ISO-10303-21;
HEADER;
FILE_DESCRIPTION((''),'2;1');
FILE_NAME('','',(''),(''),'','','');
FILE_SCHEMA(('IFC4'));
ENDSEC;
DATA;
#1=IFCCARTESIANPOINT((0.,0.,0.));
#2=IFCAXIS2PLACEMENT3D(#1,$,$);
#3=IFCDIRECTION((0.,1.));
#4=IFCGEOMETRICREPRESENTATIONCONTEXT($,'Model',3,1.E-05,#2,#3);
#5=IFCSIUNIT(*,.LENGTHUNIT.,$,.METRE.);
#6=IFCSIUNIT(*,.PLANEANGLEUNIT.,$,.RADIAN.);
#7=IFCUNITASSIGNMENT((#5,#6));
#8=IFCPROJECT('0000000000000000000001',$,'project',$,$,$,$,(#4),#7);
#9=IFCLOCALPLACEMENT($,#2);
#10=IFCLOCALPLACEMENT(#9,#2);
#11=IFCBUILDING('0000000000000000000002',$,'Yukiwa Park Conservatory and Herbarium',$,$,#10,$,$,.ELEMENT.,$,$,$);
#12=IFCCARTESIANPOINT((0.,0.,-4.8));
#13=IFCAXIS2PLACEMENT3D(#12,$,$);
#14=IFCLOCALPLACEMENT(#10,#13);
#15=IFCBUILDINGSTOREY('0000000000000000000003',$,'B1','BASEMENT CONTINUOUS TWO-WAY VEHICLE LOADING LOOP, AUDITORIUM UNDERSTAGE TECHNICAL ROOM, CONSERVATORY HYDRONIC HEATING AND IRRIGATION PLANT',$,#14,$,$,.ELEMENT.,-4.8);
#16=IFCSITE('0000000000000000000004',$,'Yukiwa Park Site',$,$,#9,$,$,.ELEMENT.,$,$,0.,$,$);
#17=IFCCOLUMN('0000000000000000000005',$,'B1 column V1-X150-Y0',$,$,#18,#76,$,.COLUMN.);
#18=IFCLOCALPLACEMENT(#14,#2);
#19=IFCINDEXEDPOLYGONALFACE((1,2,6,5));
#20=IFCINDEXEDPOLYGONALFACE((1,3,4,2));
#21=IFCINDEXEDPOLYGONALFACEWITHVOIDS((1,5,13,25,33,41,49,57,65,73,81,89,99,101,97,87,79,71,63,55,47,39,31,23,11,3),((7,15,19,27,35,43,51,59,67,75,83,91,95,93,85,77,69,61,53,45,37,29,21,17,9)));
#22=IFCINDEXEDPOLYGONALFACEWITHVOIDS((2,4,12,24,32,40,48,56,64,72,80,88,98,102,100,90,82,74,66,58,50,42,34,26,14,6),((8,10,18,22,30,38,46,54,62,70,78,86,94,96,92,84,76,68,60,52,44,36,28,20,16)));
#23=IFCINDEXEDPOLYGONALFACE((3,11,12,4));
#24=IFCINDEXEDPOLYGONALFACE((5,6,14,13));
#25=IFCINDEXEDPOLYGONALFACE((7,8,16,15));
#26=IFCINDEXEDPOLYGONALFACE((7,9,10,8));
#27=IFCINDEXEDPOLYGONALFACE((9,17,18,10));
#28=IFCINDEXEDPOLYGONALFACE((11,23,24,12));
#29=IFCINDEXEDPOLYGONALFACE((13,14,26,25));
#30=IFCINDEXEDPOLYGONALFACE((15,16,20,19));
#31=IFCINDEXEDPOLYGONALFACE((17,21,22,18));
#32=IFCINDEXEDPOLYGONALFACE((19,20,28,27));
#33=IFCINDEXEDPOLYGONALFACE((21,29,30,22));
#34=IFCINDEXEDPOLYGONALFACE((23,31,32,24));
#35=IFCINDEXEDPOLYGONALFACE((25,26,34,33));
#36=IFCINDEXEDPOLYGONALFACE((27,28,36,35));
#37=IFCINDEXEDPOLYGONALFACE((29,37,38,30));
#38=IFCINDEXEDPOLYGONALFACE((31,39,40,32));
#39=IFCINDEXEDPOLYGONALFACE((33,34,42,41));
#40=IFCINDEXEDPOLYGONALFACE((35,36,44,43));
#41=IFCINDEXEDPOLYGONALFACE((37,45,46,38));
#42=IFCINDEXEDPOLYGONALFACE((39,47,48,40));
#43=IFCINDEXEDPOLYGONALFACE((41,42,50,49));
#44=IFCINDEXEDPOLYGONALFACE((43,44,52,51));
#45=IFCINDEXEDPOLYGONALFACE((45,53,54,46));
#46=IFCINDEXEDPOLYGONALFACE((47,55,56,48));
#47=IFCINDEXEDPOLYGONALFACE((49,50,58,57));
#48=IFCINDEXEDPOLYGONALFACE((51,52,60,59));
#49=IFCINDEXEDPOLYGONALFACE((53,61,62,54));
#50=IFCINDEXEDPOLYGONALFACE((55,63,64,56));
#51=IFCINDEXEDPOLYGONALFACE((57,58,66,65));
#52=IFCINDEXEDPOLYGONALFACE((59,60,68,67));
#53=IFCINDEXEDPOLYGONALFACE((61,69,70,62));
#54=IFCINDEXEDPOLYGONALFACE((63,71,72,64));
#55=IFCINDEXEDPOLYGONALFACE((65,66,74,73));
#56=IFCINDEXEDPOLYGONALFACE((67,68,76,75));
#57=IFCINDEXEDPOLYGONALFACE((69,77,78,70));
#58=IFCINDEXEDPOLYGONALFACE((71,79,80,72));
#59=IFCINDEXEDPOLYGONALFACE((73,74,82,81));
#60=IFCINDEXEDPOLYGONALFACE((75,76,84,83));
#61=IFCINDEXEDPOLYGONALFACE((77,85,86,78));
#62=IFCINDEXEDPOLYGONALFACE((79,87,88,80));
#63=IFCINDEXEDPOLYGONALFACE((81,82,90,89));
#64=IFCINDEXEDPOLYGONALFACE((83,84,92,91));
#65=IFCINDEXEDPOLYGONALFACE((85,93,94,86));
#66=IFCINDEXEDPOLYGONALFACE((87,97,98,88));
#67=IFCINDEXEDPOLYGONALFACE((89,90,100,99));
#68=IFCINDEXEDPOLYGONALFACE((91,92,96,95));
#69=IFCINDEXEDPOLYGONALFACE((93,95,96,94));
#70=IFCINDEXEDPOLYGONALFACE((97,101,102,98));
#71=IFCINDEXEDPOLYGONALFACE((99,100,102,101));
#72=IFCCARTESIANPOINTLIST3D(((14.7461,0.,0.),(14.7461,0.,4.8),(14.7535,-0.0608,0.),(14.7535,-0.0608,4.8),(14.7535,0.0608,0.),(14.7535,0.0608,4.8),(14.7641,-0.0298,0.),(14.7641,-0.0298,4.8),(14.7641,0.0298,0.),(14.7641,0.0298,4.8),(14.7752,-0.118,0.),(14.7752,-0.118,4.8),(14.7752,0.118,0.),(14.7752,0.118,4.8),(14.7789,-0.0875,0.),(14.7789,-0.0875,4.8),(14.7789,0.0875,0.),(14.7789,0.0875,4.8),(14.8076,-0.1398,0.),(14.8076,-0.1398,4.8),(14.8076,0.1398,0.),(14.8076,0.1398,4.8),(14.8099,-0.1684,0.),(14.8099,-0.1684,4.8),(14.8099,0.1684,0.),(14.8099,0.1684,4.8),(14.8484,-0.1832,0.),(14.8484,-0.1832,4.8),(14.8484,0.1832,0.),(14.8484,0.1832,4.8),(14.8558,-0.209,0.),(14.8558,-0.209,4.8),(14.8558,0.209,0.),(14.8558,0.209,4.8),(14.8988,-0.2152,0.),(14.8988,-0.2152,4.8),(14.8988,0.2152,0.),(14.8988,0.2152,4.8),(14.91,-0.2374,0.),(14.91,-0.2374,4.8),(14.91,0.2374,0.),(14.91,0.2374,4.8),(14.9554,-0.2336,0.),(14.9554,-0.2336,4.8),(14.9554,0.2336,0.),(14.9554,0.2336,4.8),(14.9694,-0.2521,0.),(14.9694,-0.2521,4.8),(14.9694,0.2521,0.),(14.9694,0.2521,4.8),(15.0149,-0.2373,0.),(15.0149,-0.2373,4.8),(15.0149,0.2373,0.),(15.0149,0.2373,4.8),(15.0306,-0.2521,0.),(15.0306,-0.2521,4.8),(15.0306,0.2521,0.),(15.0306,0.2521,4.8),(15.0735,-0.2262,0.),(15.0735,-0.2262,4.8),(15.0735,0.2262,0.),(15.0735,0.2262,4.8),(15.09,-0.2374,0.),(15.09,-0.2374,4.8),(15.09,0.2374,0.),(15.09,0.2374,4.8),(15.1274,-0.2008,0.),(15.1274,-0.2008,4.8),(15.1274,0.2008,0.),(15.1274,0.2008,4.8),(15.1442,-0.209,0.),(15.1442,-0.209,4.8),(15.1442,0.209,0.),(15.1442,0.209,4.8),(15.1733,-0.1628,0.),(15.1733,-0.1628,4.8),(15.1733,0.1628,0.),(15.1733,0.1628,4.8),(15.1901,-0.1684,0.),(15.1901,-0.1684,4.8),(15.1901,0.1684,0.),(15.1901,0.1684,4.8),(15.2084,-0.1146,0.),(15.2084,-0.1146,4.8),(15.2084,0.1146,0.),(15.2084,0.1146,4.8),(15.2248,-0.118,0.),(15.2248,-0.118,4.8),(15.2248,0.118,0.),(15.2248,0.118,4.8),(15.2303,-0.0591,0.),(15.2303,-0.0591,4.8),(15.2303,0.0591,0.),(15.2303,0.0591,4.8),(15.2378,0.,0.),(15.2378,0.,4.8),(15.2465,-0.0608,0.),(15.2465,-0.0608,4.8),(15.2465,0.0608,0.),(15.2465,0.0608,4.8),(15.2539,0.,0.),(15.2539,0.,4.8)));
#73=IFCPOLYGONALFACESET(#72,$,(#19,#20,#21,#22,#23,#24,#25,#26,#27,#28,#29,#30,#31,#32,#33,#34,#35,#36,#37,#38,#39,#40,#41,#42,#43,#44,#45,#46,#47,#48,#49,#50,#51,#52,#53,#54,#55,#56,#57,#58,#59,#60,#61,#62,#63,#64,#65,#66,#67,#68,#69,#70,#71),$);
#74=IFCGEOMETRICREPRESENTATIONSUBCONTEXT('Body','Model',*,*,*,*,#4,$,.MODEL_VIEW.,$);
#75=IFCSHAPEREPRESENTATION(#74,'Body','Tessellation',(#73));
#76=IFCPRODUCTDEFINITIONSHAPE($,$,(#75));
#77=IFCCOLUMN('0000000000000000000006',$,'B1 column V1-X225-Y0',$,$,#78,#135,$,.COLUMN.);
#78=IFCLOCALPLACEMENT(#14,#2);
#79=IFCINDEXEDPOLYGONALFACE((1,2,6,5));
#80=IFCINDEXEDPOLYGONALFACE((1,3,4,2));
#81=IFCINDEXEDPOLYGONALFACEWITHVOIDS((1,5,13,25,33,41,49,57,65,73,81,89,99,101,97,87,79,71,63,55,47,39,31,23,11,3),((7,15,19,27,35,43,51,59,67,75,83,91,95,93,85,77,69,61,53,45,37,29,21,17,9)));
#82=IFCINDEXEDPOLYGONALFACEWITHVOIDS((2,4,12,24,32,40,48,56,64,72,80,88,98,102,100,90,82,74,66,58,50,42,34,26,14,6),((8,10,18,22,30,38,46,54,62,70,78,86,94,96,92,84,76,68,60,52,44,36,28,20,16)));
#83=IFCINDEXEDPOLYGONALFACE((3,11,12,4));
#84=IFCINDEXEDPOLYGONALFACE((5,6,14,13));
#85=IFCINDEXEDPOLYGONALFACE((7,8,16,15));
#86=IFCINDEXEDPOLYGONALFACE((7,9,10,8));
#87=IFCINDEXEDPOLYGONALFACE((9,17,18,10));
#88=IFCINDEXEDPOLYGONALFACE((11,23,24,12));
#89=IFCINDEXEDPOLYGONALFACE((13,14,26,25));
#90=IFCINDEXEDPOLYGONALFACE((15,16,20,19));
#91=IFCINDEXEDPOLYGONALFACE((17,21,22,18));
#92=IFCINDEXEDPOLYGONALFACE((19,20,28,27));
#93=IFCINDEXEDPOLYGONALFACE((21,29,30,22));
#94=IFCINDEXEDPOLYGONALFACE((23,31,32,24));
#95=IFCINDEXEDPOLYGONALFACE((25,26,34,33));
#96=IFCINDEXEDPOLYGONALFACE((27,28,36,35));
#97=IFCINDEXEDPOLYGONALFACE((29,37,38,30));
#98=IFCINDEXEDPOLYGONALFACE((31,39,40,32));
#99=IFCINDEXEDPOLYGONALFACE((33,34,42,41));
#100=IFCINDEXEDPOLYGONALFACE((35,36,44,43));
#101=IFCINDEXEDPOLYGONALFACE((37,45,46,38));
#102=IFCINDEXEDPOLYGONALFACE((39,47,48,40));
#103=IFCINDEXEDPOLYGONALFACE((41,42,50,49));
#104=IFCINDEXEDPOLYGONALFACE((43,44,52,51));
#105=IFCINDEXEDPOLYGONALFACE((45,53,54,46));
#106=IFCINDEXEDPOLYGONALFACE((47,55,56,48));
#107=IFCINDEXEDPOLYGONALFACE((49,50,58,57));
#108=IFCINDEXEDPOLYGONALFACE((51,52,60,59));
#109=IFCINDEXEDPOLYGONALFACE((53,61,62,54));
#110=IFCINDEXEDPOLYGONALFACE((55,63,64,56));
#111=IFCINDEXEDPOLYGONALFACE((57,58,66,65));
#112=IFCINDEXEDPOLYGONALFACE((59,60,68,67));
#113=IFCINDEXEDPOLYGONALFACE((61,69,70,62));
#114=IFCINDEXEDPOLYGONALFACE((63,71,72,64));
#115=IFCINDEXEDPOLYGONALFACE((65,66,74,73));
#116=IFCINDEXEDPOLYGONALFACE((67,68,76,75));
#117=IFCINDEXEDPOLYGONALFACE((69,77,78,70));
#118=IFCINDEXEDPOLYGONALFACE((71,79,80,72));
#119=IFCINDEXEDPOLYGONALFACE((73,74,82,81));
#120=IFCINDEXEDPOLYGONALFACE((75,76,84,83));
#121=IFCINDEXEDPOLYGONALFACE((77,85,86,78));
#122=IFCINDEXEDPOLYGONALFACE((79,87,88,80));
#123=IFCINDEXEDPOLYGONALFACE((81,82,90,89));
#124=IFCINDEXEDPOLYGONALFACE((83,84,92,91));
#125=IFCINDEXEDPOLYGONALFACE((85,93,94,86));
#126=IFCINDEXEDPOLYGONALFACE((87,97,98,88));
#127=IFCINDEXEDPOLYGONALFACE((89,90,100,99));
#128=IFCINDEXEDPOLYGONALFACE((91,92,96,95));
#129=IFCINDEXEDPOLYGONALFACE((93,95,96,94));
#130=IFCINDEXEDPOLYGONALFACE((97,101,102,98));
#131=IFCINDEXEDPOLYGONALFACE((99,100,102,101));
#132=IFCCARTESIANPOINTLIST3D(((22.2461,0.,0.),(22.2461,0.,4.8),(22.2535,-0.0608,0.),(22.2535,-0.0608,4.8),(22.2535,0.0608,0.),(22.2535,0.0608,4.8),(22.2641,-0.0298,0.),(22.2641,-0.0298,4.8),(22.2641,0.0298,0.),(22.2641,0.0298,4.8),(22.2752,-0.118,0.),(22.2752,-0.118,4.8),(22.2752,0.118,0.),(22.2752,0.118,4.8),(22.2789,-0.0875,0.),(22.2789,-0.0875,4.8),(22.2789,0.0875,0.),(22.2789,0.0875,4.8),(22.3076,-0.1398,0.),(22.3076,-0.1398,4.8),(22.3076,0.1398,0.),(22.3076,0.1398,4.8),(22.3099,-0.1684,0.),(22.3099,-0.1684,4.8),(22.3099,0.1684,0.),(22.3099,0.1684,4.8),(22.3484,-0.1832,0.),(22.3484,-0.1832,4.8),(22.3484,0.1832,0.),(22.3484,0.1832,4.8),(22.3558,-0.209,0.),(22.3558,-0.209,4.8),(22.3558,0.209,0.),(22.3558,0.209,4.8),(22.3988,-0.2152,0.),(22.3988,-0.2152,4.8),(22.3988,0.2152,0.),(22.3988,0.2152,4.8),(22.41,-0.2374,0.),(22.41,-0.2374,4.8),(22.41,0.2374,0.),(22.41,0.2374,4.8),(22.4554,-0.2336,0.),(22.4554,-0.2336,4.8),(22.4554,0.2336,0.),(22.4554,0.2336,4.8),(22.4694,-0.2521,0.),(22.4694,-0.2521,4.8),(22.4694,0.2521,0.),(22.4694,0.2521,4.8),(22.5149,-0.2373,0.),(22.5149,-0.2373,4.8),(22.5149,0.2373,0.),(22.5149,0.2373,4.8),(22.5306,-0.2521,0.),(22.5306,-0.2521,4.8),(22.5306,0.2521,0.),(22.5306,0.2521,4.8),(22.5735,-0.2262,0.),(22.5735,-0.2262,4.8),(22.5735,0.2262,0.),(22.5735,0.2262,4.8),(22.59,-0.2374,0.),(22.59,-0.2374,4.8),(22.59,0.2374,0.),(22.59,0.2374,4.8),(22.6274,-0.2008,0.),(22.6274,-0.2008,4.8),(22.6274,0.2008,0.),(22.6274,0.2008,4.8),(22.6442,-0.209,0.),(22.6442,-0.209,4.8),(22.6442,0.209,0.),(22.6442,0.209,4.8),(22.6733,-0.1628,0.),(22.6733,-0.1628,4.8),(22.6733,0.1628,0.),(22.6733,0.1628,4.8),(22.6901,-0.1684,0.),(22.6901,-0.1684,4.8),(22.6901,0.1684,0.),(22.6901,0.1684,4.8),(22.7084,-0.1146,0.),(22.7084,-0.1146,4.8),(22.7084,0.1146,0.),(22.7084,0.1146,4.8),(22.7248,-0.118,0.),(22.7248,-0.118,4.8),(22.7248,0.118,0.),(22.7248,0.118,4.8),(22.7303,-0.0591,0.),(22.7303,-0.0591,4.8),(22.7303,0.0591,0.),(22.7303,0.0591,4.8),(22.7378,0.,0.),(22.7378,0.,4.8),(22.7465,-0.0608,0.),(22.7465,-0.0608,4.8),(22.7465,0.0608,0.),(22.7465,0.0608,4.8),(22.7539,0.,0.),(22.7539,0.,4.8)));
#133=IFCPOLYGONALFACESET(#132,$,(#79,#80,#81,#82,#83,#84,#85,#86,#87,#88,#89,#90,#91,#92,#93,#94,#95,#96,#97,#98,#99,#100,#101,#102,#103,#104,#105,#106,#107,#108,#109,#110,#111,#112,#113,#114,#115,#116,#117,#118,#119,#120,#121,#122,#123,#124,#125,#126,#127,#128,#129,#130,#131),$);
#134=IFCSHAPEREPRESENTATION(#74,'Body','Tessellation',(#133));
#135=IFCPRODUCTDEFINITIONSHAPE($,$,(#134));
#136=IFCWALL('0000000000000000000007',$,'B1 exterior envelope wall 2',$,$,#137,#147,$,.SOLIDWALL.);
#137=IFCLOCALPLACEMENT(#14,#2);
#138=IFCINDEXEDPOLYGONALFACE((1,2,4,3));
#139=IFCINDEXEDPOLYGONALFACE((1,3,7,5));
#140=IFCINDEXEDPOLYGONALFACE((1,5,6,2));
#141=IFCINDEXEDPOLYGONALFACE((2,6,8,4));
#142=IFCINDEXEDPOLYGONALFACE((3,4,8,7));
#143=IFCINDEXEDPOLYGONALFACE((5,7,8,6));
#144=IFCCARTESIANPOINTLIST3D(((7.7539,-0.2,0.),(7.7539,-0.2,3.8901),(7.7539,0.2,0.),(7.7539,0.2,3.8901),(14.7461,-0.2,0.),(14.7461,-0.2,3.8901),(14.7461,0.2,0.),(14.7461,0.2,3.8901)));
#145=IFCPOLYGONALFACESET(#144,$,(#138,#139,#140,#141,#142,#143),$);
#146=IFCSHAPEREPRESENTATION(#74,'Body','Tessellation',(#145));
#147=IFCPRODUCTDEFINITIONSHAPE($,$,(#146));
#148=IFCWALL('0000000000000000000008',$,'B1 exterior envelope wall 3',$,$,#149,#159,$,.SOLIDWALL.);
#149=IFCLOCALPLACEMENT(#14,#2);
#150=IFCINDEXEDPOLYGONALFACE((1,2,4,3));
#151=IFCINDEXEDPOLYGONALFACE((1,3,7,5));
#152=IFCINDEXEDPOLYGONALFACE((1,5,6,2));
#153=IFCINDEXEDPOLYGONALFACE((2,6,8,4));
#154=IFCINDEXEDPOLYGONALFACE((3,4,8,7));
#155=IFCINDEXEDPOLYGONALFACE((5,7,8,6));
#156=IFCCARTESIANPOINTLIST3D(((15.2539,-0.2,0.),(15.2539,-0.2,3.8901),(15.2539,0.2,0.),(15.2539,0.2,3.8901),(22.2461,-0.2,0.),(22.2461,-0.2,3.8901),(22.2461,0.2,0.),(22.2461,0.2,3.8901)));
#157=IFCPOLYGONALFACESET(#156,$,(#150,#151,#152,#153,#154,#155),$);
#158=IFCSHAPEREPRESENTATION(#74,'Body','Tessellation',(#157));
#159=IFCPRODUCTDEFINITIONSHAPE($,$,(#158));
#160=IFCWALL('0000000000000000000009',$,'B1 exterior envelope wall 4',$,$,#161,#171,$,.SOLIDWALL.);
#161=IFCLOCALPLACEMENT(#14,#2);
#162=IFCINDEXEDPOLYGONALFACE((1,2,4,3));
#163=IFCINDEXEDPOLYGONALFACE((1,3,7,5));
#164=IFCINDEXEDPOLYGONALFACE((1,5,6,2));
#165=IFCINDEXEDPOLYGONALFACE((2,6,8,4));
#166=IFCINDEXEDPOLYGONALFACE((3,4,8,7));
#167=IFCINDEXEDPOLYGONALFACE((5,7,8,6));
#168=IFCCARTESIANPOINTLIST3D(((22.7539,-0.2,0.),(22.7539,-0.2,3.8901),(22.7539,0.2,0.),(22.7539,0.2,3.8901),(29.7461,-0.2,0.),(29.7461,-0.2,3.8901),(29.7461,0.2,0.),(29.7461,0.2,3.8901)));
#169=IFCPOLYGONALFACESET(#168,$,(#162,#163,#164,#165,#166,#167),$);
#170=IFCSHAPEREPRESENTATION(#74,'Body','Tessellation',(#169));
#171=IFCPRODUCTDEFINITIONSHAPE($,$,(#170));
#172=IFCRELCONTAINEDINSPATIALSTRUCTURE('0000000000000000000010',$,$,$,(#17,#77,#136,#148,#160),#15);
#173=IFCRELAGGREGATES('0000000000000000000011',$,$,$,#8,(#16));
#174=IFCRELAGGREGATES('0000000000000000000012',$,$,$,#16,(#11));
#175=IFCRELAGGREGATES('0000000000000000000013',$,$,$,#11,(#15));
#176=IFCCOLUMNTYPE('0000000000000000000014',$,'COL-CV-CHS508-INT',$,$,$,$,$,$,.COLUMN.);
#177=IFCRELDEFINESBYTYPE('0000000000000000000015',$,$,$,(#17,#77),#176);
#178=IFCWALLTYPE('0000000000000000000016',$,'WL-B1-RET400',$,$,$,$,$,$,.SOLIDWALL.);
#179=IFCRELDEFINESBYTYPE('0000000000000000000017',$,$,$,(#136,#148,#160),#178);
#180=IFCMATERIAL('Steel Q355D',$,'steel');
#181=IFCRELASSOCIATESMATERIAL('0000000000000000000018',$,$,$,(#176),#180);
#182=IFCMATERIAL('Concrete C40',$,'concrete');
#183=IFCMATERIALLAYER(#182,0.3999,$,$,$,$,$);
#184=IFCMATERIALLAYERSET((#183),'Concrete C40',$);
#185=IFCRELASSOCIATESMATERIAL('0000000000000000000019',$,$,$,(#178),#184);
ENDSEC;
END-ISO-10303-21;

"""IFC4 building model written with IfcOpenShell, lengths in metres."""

from ifc_helpers import new_model, si_unit, direction, frame, frame_2d, origin, origin_2d, place, context, subcontext, project, spatial, rectangle, hollow_circle, extrude, material, layer, layer_set, material_profile, profile_set, type_object, element, save


model = new_model("IFC4")

# Units and contexts
model_context = context("Model", 3, precision=1e-05, world=origin(), true_north=direction((0.0, 1.0)))
body_context = subcontext(model_context, "Body", "Model", "MODEL_VIEW")
ifc_project = project(units=[si_unit("LENGTHUNIT", "METRE"), si_unit("PLANEANGLEUNIT", "RADIAN")], contexts=[model_context])

# Site, building, storey
site_placement = place(None, origin())
site = spatial("IfcSite", under=ifc_project, at=site_placement, Name="Yukiwa Park Site", CompositionType="ELEMENT", RefElevation=0.0)
building_placement = place(site_placement, origin())
building = spatial("IfcBuilding", under=site, at=building_placement, Name="Yukiwa Park Conservatory and Herbarium", CompositionType="ELEMENT")
storey_placement = place(building_placement, frame((0.0, 0.0, -4.8)))
storey = spatial("IfcBuildingStorey", under=building, at=storey_placement, Name="B1", Description="BASEMENT CONTINUOUS TWO-WAY VEHICLE LOADING LOOP, AUDITORIUM UNDERSTAGE TECHNICAL ROOM, CONSERVATORY HYDRONIC HEATING AND IRRIGATION PLANT", CompositionType="ELEMENT", Elevation=-4.8)

# Columns
ifc_material_1 = material(Name="Steel Q355D", Category="steel")
ifc_material_profile_1 = material_profile(ifc_material_1, hollow_circle(Radius=0.2539, WallThickness=0.0161, at=origin_2d()), Name="CHS 508x16")
ifc_profile_set_1 = profile_set([ifc_material_profile_1], Name="Steel Q355D")
column_type = type_object("IfcColumnType", Name="COL-CV-CHS508-INT", PredefinedType="COLUMN", material=ifc_profile_set_1)
for number, where, z_axis, x_axis, name in (
    (1, (15.0, 0.0, 0.0), (0.0, 0.0, 1.0), (1.0, 0.0, 0.0), "B1 column V1-X150-Y0"),
    (2, (22.5, 0.0, 0.0), (0.0, 0.0, 1.0), (1.0, 0.0, 0.0), "B1 column V1-X225-Y0"),
):
    element("IfcColumn", number, at=place(storey_placement, frame(where, z_axis=z_axis, x_axis=x_axis)), inside=storey, type_object=column_type, Name=name, PredefinedType="COLUMN", context=body_context, shape_type="SweptSolid", body=[
        extrude(hollow_circle(Radius=0.2539, WallThickness=0.0161, at=origin_2d()), origin(), (0.0, 0.0, 1.0), 4.8),
    ])

# Walls
ifc_material_2 = material(Name="Concrete C40", Category="concrete")
ifc_layer = layer(ifc_material_2, 0.3999)
ifc_layer_set = layer_set([ifc_layer], Name="Concrete C40")
wall_type = type_object("IfcWallType", Name="WL-B1-RET400", PredefinedType="SOLIDWALL", material=ifc_layer_set)
for number, where, z_axis, x_axis, name in (
    (3, (7.7539, 0.0, 0.0), (0.0, 0.0, 1.0), (1.0, 0.0, 0.0), "B1 exterior envelope wall 2"),
    (4, (15.2539, 0.0, 0.0), (0.0, 0.0, 1.0), (1.0, 0.0, 0.0), "B1 exterior envelope wall 3"),
    (5, (22.7539, 0.0, 0.0), (0.0, 0.0, 1.0), (1.0, 0.0, 0.0), "B1 exterior envelope wall 4"),
):
    element("IfcWall", number, at=place(storey_placement, frame(where, z_axis=z_axis, x_axis=x_axis)), inside=storey, type_object=wall_type, Name=name, PredefinedType="SOLIDWALL", context=body_context, shape_type="SweptSolid", body=[
        extrude(rectangle(XDim=6.9922, YDim=0.3999, at=frame_2d((3.4961, 0.0))), origin(), (0.0, 0.0, 1.0), 3.8901),
    ])

save(model, "model.ifc")
